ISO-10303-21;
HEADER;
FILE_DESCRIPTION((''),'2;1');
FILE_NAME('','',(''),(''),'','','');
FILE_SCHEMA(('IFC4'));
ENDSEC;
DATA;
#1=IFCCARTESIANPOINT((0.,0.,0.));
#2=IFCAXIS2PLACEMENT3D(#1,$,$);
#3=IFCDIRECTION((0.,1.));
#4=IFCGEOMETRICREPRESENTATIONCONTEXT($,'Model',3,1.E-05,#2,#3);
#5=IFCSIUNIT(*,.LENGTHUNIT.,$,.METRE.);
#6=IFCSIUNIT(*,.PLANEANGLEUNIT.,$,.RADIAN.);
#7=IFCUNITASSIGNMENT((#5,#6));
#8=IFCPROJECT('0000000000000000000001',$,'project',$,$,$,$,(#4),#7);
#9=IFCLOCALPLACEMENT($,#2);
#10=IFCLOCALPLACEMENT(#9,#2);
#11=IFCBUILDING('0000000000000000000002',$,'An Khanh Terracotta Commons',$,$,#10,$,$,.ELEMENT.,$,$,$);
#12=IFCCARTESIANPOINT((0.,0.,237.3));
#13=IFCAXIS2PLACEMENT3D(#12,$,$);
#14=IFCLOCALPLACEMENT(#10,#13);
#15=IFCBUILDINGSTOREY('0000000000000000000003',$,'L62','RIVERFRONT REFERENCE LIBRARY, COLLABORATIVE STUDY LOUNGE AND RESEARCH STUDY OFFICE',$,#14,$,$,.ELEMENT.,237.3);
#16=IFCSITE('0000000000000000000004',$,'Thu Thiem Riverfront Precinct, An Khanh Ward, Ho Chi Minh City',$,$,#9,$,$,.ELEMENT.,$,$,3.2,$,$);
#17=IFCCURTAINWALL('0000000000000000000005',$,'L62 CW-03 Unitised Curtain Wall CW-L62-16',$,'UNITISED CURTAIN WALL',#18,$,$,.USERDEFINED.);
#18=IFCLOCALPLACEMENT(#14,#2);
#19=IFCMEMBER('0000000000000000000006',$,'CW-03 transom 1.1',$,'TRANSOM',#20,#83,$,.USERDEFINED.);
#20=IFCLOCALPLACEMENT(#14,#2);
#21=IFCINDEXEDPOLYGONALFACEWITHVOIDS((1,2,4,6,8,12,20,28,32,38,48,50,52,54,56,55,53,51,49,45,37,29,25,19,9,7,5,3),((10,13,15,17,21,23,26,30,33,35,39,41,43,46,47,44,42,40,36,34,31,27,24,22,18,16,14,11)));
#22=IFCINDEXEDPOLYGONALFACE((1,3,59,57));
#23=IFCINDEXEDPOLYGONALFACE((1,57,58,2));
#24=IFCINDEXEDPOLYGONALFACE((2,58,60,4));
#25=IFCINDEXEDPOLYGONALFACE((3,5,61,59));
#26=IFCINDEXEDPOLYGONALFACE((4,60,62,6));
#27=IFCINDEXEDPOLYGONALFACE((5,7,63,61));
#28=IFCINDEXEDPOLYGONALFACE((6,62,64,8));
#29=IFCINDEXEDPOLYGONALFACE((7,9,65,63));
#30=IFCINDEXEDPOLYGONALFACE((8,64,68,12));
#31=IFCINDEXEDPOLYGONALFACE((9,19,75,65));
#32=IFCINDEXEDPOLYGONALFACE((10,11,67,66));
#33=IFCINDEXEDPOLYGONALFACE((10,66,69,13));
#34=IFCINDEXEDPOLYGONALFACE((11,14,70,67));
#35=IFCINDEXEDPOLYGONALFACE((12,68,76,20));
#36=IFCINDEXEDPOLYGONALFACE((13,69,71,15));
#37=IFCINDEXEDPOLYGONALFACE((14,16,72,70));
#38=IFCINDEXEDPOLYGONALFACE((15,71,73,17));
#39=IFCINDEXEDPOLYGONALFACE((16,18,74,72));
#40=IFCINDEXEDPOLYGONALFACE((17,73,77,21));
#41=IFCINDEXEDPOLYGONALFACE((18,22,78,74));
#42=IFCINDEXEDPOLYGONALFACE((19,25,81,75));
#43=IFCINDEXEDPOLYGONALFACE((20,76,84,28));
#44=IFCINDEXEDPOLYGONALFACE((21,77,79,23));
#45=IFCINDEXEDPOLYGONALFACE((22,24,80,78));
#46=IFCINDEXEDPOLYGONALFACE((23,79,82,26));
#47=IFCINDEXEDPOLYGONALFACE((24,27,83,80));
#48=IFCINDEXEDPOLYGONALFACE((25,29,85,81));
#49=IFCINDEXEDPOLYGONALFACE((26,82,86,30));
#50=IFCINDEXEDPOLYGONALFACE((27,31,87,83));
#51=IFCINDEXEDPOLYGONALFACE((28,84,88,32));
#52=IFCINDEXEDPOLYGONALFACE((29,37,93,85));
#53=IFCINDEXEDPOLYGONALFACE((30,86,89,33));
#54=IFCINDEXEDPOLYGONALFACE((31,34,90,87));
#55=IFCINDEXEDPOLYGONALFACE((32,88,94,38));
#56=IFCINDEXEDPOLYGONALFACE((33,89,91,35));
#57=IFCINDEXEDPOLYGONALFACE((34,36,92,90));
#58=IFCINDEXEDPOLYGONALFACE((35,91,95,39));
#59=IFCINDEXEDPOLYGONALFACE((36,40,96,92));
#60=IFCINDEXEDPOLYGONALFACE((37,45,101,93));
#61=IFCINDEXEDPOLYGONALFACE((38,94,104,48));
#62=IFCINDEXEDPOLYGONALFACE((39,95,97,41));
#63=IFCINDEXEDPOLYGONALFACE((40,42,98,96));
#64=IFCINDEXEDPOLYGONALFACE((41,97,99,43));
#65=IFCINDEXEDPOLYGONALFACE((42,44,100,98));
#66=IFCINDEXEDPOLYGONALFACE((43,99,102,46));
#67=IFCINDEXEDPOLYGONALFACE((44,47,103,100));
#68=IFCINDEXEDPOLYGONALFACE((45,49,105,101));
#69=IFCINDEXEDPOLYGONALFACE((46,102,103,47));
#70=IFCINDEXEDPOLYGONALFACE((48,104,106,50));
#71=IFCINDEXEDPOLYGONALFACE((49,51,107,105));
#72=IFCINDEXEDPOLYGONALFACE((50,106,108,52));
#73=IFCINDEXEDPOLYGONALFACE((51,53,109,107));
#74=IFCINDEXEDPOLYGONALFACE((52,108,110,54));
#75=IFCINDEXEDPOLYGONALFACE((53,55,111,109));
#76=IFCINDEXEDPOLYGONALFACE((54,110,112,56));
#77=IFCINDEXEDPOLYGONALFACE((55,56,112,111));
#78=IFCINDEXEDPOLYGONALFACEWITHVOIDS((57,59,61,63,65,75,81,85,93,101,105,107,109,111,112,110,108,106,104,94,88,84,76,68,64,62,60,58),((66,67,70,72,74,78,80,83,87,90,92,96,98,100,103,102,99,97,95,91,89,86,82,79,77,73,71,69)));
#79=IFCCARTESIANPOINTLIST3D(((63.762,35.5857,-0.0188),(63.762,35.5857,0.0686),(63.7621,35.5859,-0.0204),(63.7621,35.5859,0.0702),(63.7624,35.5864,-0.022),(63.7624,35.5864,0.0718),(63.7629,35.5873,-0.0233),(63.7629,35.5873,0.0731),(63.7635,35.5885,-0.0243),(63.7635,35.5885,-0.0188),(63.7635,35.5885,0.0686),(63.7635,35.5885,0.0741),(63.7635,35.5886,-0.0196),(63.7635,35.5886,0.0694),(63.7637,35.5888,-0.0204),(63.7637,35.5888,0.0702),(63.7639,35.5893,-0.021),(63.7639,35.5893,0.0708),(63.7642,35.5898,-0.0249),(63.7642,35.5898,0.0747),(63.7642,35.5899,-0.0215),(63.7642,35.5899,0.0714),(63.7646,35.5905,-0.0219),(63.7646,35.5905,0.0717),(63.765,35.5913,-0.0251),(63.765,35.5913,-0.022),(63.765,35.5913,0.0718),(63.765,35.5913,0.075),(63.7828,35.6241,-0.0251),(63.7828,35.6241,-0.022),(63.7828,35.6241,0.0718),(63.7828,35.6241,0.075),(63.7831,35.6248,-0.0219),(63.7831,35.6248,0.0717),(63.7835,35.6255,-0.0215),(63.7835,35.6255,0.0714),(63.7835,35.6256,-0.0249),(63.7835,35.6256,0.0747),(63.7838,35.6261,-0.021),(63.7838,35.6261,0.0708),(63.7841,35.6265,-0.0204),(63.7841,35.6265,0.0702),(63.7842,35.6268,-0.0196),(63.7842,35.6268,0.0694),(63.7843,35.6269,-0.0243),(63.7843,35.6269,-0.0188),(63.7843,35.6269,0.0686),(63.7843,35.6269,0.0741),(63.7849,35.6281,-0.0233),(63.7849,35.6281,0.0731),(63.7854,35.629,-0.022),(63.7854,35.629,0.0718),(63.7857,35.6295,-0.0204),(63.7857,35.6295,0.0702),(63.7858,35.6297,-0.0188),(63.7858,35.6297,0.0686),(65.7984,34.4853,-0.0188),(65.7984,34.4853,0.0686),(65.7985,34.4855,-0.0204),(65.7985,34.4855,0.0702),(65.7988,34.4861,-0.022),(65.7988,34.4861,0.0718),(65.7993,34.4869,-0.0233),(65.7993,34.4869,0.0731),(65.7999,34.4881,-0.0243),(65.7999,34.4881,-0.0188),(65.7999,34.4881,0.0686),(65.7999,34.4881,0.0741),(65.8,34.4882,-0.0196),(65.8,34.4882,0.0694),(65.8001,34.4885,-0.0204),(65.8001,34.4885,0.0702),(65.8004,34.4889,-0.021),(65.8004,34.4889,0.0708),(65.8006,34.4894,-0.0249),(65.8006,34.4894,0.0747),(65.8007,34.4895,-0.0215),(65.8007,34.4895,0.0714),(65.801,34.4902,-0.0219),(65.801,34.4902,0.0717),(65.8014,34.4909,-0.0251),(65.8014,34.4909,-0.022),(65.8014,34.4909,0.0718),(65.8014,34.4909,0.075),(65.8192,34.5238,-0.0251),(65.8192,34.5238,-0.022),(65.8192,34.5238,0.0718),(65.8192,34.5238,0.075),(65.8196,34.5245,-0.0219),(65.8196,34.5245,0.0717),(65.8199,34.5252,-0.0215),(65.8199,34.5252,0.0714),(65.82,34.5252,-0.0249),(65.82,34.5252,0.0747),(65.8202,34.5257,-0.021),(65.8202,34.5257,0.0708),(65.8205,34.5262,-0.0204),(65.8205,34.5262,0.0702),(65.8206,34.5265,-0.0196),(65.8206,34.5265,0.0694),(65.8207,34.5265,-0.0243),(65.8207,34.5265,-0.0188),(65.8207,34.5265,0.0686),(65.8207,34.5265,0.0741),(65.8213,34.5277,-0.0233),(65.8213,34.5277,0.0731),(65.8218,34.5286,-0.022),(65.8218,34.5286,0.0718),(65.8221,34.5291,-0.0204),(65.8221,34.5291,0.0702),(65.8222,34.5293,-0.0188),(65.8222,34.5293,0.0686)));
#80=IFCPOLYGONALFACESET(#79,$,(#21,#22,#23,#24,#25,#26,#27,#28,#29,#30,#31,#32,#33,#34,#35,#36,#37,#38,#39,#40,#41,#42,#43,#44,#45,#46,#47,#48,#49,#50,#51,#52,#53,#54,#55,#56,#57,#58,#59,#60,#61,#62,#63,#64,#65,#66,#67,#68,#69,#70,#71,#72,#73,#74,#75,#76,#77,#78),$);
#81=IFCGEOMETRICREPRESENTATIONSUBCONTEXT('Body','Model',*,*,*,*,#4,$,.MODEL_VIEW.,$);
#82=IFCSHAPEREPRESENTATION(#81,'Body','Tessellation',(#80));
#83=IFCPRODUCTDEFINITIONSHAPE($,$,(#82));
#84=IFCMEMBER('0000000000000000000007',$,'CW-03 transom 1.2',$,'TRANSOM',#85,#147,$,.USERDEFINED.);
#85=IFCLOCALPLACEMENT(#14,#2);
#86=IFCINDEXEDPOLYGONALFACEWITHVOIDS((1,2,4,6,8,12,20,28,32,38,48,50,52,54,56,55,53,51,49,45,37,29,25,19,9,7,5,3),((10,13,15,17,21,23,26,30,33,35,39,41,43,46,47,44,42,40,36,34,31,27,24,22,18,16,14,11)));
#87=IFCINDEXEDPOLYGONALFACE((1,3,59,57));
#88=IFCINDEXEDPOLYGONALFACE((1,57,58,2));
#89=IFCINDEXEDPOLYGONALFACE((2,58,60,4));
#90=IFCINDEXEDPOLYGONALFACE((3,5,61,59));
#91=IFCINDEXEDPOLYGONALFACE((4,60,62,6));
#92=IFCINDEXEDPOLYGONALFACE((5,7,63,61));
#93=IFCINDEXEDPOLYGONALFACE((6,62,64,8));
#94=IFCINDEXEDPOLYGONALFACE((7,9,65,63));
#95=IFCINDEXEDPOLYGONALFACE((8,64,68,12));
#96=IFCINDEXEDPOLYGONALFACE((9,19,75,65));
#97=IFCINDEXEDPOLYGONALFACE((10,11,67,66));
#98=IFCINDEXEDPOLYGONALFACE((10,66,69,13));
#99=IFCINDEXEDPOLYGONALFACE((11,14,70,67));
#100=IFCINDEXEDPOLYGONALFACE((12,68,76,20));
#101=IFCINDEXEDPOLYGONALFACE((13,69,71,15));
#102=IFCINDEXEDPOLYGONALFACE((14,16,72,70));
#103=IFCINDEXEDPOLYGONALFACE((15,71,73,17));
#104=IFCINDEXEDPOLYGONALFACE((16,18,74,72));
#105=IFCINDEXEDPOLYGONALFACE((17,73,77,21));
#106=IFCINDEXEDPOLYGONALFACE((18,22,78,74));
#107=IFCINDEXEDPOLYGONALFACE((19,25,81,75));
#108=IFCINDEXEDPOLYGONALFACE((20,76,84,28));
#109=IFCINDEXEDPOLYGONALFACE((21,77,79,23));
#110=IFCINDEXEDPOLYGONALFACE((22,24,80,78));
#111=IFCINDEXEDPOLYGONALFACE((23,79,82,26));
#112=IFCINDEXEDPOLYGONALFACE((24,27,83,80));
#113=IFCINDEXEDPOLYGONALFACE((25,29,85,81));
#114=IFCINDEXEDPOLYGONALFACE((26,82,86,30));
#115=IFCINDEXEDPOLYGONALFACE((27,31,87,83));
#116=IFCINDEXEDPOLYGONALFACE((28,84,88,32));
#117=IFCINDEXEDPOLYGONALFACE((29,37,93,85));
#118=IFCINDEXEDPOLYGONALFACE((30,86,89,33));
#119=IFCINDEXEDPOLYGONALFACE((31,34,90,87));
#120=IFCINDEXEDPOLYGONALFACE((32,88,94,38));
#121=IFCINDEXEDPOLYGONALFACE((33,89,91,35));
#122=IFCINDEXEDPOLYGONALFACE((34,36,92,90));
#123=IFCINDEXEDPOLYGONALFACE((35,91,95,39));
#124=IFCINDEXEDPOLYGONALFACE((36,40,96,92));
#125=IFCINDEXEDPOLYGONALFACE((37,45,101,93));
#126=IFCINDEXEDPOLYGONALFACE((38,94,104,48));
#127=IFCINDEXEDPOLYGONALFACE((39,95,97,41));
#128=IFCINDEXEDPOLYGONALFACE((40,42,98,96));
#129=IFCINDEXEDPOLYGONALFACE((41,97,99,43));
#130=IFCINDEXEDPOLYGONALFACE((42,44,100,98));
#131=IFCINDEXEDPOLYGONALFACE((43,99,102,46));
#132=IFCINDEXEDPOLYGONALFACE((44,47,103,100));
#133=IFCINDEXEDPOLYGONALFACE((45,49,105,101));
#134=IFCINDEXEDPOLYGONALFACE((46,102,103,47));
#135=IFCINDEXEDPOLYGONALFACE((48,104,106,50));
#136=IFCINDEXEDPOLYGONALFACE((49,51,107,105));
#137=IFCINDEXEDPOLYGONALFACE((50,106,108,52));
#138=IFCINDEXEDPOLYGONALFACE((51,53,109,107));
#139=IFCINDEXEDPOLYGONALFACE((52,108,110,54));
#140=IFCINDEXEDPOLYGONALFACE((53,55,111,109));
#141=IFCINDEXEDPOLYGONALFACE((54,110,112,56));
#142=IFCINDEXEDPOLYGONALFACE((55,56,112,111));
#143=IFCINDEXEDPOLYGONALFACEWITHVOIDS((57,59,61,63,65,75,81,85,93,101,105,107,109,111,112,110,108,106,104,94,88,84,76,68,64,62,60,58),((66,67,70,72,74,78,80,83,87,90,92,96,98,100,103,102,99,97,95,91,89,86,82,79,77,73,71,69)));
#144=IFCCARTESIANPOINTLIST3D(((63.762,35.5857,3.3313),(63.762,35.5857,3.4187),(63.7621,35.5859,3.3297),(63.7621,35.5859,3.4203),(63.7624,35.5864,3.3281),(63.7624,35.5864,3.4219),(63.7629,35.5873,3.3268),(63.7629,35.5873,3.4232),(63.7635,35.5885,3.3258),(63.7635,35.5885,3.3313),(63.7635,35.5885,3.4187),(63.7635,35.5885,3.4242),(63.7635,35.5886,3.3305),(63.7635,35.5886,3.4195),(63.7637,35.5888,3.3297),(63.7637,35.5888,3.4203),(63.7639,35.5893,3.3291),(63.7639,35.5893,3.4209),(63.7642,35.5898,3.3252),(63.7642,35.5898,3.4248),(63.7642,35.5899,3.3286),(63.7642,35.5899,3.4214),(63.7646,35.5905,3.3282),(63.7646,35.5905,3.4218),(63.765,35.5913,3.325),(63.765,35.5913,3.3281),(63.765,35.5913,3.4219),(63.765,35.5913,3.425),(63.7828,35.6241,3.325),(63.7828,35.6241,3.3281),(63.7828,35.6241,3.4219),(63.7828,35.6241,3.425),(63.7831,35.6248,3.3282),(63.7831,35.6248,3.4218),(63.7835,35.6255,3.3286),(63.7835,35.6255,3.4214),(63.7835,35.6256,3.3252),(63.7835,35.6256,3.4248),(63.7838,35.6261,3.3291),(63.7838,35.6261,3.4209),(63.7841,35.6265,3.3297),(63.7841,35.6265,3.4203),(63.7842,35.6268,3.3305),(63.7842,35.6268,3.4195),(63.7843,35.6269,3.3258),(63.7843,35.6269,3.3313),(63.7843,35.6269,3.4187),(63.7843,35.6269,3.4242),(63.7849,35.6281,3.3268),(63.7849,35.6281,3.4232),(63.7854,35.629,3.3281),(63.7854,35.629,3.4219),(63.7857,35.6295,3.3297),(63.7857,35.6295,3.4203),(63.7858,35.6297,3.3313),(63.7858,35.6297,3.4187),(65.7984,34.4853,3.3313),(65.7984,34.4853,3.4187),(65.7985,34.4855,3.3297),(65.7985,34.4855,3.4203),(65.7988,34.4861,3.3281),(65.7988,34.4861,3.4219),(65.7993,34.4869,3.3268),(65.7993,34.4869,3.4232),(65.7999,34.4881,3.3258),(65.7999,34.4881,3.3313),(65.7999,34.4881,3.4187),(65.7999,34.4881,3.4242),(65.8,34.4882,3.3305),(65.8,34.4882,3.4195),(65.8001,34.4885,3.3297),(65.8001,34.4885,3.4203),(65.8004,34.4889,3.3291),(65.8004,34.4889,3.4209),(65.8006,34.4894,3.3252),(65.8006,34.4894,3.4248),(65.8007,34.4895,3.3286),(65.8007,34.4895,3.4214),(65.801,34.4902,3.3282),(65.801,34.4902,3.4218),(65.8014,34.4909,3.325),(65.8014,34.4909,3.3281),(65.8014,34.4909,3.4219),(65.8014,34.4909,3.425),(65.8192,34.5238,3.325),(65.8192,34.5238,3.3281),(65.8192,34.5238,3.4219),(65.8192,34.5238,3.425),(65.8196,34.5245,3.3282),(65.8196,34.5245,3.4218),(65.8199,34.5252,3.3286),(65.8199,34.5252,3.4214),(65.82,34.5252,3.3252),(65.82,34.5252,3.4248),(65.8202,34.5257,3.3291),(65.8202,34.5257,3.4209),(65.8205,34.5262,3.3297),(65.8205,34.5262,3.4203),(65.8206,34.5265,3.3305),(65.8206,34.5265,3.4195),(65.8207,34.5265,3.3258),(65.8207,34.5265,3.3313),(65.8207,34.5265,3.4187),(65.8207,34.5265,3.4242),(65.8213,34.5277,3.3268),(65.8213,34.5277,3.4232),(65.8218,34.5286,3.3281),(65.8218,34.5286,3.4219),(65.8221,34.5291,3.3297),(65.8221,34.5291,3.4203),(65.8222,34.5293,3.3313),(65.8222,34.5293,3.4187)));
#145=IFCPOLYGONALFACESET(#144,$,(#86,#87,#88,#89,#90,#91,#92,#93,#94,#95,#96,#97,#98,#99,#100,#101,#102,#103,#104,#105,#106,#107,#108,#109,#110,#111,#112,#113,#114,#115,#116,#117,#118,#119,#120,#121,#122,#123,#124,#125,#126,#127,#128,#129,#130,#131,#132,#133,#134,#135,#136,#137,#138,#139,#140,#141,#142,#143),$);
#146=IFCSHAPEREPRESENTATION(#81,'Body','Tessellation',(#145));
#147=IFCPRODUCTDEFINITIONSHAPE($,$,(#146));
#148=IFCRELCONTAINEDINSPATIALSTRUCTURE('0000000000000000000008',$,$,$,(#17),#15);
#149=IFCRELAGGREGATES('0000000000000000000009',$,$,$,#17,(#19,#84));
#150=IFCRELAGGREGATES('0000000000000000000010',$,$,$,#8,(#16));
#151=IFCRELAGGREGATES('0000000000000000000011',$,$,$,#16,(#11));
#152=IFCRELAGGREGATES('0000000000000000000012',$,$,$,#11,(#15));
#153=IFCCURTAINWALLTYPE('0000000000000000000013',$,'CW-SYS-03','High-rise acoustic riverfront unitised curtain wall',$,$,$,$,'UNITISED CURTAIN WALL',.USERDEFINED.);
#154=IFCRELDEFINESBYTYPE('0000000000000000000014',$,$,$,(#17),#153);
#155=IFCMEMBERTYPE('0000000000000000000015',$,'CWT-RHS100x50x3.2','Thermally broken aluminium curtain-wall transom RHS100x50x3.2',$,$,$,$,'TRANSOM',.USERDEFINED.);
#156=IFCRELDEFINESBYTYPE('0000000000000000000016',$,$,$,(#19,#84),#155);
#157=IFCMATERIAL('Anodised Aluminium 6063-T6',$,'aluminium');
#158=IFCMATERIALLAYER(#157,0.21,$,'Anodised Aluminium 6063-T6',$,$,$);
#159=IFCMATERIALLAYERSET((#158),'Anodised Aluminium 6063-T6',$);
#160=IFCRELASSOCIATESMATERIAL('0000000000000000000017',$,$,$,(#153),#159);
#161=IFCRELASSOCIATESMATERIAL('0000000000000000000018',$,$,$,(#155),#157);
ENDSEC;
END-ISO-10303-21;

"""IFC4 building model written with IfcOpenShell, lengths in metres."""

from ifc_helpers import new_model, si_unit, direction, frame, origin, origin_2d, place, context, subcontext, project, spatial, hollow_rectangle, extrude, material, layer, layer_set, material_profile, profile_set, type_object, element, aggregate, save


model = new_model("IFC4")

# Units and contexts
model_context = context("Model", 3, precision=1e-05, world=origin(), true_north=direction((0.0, 1.0)))
body_context = subcontext(model_context, "Body", "Model", "MODEL_VIEW")
ifc_project = project(units=[si_unit("LENGTHUNIT", "METRE"), si_unit("PLANEANGLEUNIT", "RADIAN")], contexts=[model_context])

# Site, building, storey
site_placement = place(None, origin())
site = spatial("IfcSite", under=ifc_project, at=site_placement, Name="Thu Thiem Riverfront Precinct, An Khanh Ward, Ho Chi Minh City", CompositionType="ELEMENT", RefElevation=3.2)
building_placement = place(site_placement, origin())
building = spatial("IfcBuilding", under=site, at=building_placement, Name="An Khanh Terracotta Commons", CompositionType="ELEMENT")
storey_placement = place(building_placement, frame((0.0, 0.0, 237.3)))
storey = spatial("IfcBuildingStorey", under=building, at=storey_placement, Name="L62", Description="RIVERFRONT REFERENCE LIBRARY, COLLABORATIVE STUDY LOUNGE AND RESEARCH STUDY OFFICE", CompositionType="ELEMENT", Elevation=237.3)

# Curtain wall
ifc_material_1 = material(Name="Anodised Aluminium 6063-T6", Category="aluminium")
ifc_layer_1 = layer(ifc_material_1, 0.21, Name="Anodised Aluminium 6063-T6")
ifc_layer_set_1 = layer_set([ifc_layer_1], Name="Anodised Aluminium 6063-T6")
curtain_wall_type = type_object("IfcCurtainWallType", Name="CW-SYS-03", Description="High-rise acoustic riverfront unitised curtain wall", ElementType="UNITISED CURTAIN WALL", PredefinedType="USERDEFINED", material=ifc_layer_set_1)
curtain_wall_1_placement = place(storey_placement, origin())
curtain_wall_1 = element("IfcCurtainWall", 1, at=curtain_wall_1_placement, inside=storey, type_object=curtain_wall_type, Name="L62 CW-03 Unitised Curtain Wall CW-L62-16", ObjectType="UNITISED CURTAIN WALL", PredefinedType="USERDEFINED")

# Members
ifc_material_profile_1 = material_profile(ifc_material_1, hollow_rectangle(XDim=0.05, YDim=0.1001, WallThickness=0.0032, InnerFilletRadius=0.0032, OuterFilletRadius=0.0063, at=origin_2d()), Name="RHS100x50x3.2")
ifc_profile_set_1 = profile_set([ifc_material_profile_1], Name="Anodised Aluminium 6063-T6")
member_type_1 = type_object("IfcMemberType", Name="CWT-RHS100x50x3.2", Description="Thermally broken aluminium curtain-wall transom RHS100x50x3.2", ElementType="TRANSOM", PredefinedType="USERDEFINED", material=ifc_profile_set_1)
member_1_placement = place(storey_placement, frame((65.8103, 34.5073, 0.0249), z_axis=(-0.879779, 0.475382, 0.0), x_axis=(-0.475382, -0.879779, 0.0)))
member_1 = element("IfcMember", 2, at=member_1_placement, type_object=member_type_1, Name="CW-03 transom 1.1", ObjectType="TRANSOM", PredefinedType="USERDEFINED", context=body_context, shape_type="SweptSolid", body=[
    extrude(hollow_rectangle(XDim=0.05, YDim=0.1001, WallThickness=0.0032, InnerFilletRadius=0.0032, OuterFilletRadius=0.0063, at=origin_2d()), origin(), (0.0, 0.0, 1.0), 2.3147),
])
member_2_placement = place(storey_placement, frame((65.8103, 34.5073, 3.375), z_axis=(-0.879779, 0.475382, 0.0), x_axis=(-0.475382, -0.879779, 0.0)))
member_2 = element("IfcMember", 3, at=member_2_placement, type_object=member_type_1, Name="CW-03 transom 1.2", ObjectType="TRANSOM", PredefinedType="USERDEFINED", context=body_context, shape_type="SweptSolid", body=[
    extrude(hollow_rectangle(XDim=0.05, YDim=0.1001, WallThickness=0.0032, InnerFilletRadius=0.0032, OuterFilletRadius=0.0063, at=origin_2d()), origin(), (0.0, 0.0, 1.0), 2.3147),
])

aggregate(curtain_wall_1, [member_1, member_2])

save(model, "model.ifc")
